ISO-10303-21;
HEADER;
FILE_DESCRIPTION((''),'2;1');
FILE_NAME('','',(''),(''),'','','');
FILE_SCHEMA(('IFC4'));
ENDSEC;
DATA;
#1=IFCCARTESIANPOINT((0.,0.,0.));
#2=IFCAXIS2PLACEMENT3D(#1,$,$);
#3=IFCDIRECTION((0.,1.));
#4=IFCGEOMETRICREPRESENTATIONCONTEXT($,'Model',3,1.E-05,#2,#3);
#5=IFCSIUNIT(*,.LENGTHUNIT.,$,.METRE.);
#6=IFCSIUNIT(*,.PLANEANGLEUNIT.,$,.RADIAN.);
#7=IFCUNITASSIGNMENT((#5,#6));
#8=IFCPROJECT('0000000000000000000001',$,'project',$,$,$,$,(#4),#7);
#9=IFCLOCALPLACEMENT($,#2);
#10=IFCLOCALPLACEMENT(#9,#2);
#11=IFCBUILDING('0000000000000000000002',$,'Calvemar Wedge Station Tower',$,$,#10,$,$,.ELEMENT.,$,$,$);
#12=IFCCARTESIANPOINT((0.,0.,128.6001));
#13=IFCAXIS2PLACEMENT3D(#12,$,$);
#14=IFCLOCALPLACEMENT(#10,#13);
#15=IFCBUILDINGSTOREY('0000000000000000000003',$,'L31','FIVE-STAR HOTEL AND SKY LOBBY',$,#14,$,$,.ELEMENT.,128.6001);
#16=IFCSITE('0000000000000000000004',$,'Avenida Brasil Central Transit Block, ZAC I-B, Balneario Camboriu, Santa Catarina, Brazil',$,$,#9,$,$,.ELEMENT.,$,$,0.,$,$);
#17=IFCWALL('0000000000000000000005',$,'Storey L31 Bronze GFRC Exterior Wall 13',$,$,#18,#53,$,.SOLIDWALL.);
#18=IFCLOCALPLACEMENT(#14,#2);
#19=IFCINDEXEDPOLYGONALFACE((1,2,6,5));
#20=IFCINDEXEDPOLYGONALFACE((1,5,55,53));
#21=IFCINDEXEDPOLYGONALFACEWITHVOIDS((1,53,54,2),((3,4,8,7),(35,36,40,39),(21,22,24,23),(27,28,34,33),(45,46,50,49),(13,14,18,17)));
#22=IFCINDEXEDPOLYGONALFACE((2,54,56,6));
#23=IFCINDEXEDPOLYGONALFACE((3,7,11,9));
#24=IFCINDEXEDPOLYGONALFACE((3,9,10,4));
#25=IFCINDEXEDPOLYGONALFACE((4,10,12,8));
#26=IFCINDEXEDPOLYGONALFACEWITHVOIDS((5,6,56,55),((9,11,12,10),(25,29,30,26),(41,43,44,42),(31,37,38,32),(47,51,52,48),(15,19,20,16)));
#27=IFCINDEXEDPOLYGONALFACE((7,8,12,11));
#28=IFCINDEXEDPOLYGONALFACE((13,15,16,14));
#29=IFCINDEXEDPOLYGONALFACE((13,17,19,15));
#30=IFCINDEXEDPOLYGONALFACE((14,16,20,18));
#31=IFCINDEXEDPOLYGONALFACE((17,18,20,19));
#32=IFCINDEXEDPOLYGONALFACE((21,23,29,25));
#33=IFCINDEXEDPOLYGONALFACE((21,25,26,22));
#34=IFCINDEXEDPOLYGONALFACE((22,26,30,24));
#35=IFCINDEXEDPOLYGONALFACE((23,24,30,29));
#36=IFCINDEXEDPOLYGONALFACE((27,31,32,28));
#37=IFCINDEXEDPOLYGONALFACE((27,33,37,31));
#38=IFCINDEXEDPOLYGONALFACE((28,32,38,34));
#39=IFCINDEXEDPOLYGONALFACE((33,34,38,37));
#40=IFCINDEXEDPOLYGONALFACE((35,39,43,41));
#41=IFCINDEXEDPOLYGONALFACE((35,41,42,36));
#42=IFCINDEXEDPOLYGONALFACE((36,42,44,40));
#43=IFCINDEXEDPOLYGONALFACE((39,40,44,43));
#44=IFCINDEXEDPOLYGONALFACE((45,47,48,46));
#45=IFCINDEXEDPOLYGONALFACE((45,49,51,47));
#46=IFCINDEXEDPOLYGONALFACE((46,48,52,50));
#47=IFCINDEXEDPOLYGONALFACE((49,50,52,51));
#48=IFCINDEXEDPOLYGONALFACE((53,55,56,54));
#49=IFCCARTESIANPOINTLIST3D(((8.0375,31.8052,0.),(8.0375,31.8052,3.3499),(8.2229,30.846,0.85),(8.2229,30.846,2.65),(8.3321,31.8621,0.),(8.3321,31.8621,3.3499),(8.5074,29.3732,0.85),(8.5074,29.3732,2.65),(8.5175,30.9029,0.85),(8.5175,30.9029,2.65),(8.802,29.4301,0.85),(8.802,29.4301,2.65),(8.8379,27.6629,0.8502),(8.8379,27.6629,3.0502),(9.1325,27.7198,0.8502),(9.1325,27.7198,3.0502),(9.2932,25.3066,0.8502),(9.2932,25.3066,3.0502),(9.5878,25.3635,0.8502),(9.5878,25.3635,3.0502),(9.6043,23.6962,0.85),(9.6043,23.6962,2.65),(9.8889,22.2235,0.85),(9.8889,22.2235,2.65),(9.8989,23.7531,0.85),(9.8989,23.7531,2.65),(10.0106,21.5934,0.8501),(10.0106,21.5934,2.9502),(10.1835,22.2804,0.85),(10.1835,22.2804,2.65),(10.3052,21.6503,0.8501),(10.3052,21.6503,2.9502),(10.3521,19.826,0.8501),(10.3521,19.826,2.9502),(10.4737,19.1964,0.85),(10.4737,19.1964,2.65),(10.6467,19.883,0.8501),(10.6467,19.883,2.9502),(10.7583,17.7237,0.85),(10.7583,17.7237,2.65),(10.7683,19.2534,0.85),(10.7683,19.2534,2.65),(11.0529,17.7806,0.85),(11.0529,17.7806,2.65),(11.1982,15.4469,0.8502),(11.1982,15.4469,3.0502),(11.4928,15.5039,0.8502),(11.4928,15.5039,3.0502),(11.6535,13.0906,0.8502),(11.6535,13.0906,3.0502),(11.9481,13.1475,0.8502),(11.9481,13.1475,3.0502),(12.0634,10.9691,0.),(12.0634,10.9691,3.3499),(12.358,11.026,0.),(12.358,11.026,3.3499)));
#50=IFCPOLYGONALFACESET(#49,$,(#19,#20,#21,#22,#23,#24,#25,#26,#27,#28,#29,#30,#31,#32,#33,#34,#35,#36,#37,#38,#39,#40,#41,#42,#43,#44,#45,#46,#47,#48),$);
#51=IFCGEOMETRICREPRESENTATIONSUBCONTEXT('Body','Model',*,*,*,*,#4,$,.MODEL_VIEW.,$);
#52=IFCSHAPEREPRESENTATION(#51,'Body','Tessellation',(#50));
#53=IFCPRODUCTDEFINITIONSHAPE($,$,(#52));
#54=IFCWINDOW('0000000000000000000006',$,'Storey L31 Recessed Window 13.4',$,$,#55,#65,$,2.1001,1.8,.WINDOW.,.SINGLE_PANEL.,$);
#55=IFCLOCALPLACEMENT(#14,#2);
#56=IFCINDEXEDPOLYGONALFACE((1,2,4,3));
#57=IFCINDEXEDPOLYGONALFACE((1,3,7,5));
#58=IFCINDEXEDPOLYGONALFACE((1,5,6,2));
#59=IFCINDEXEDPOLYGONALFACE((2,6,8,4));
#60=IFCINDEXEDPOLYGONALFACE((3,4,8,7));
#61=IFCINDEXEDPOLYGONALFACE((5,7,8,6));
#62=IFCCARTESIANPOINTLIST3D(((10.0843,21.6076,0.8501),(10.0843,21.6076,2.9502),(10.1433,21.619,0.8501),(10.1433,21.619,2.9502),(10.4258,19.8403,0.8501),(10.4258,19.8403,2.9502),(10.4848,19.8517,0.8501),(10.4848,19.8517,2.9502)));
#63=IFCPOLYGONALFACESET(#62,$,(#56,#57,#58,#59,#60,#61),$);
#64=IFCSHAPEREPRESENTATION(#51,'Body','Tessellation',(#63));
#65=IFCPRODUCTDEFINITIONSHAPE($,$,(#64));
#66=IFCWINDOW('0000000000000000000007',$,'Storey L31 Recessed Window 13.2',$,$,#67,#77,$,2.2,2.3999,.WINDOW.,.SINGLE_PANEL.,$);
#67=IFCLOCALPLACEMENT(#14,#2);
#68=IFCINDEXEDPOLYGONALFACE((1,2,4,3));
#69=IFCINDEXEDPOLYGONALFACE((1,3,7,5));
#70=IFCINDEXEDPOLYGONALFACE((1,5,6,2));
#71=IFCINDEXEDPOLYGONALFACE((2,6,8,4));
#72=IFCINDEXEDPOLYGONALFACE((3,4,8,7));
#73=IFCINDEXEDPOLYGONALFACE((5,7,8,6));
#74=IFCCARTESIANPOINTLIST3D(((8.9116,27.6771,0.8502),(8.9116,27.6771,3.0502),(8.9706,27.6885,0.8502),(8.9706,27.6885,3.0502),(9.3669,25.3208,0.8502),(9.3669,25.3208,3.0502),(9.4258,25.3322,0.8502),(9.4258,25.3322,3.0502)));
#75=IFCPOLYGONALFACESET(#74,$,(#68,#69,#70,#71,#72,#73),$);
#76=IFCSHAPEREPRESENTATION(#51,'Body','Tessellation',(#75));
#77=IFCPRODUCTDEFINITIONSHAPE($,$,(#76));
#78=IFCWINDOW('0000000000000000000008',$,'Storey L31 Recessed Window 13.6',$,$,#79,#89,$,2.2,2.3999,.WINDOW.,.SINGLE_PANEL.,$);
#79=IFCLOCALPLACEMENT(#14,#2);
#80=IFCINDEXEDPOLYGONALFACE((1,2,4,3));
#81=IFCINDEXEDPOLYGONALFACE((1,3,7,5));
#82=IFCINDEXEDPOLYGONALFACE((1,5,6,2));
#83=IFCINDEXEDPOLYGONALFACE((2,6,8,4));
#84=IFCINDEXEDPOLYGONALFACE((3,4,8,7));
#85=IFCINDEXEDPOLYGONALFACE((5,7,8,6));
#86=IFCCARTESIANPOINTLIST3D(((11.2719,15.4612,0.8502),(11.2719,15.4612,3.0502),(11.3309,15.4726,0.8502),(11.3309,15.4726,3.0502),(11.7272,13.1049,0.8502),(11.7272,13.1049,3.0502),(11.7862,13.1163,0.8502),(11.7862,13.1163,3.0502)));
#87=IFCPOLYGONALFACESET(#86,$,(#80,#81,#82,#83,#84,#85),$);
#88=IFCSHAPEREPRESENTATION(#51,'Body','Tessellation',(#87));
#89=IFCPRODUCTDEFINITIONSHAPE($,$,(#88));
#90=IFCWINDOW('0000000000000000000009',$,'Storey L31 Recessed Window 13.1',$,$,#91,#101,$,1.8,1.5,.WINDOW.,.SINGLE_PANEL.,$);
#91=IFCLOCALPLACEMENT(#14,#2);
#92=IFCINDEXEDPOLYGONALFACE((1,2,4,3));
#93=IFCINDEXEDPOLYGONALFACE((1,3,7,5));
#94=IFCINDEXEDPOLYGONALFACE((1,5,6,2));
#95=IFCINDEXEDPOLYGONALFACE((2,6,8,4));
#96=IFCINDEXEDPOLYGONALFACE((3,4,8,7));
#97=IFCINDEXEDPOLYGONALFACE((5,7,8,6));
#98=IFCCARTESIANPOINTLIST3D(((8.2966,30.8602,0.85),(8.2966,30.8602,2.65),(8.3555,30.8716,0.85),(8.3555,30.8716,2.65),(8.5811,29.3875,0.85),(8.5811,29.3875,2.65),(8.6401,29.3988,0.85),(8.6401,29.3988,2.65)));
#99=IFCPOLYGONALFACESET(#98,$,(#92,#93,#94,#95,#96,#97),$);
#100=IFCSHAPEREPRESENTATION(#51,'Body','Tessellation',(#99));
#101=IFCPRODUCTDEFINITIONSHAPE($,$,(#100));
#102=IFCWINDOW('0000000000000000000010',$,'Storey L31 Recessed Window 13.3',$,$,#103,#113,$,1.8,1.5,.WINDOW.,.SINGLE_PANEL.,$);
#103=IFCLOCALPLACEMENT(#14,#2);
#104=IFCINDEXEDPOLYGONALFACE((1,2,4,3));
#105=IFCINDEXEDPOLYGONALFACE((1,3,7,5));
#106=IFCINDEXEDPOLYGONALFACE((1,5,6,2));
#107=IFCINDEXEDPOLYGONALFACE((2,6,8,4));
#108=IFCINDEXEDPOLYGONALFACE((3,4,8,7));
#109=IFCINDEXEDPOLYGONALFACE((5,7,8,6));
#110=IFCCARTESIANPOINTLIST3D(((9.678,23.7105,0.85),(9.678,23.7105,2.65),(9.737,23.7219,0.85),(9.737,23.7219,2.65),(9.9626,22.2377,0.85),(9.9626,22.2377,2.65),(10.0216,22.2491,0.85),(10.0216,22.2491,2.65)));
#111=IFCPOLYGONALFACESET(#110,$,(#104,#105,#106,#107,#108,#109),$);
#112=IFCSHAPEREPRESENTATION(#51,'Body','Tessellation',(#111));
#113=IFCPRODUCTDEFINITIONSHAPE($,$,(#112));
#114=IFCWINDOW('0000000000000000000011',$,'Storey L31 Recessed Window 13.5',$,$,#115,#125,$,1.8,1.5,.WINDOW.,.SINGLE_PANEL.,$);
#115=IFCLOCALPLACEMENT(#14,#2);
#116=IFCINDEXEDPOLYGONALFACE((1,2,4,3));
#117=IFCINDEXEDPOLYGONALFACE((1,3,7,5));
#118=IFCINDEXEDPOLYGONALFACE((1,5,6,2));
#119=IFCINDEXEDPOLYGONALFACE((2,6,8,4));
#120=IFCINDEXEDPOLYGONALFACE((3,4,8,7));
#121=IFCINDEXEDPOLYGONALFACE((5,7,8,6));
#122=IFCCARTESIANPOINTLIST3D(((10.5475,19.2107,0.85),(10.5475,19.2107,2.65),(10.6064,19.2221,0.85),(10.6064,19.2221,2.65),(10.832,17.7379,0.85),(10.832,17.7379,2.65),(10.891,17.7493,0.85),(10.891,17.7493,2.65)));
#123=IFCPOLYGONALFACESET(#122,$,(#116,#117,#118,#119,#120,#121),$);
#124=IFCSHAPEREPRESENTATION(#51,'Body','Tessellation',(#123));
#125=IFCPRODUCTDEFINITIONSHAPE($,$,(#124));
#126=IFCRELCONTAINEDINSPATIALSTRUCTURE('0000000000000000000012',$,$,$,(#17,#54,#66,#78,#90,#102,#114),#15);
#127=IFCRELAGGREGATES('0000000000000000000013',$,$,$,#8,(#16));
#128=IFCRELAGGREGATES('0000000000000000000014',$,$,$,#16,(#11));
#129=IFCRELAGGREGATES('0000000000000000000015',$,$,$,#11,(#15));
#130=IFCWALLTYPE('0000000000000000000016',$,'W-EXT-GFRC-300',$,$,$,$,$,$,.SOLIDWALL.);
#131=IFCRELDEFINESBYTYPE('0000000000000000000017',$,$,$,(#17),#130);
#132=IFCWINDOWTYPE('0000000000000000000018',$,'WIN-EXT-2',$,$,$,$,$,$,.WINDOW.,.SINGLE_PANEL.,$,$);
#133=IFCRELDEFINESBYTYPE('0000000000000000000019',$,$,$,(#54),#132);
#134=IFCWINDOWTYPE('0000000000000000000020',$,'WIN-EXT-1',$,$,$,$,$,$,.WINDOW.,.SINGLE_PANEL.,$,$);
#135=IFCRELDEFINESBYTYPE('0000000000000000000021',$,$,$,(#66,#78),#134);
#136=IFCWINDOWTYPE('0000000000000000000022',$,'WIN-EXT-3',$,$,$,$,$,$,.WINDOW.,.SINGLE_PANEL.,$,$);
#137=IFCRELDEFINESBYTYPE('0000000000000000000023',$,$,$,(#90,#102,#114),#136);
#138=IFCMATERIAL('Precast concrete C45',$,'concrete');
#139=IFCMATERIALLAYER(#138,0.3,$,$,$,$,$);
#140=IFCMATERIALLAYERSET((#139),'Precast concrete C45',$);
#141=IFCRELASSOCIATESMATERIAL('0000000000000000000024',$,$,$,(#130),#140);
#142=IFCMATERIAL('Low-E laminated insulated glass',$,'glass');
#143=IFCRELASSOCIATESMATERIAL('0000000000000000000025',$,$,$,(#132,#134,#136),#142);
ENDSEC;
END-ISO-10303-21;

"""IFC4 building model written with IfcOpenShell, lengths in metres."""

from ifc_helpers import new_model, si_unit, direction, frame, frame_2d, origin, place, context, subcontext, project, spatial, rectangle, extrude, source, transform, mapped, material, layer, layer_set, type_object, element, fill, save


model = new_model("IFC4")

# Units and contexts
model_context = context("Model", 3, precision=1e-05, world=origin(), true_north=direction((0.0, 1.0)))
body_context = subcontext(model_context, "Body", "Model", "MODEL_VIEW")
ifc_project = project(units=[si_unit("LENGTHUNIT", "METRE"), si_unit("PLANEANGLEUNIT", "RADIAN")], contexts=[model_context])

# Site, building, storey
site_placement = place(None, origin())
site = spatial("IfcSite", under=ifc_project, at=site_placement, Name="Avenida Brasil Central Transit Block, ZAC I-B, Balneario Camboriu, Santa Catarina, Brazil", CompositionType="ELEMENT", RefElevation=0.0)
building_placement = place(site_placement, origin())
building = spatial("IfcBuilding", under=site, at=building_placement, Name="Calvemar Wedge Station Tower", CompositionType="ELEMENT")
storey_placement = place(building_placement, frame((0.0, 0.0, 128.6001)))
storey = spatial("IfcBuildingStorey", under=building, at=storey_placement, Name="L31", Description="FIVE-STAR HOTEL AND SKY LOBBY", CompositionType="ELEMENT", Elevation=128.6001)

# Wall, openings, windows
ifc_material_1 = material(Name="Precast concrete C45", Category="concrete")
ifc_layer_1 = layer(ifc_material_1, 0.3)
ifc_layer_set_1 = layer_set([ifc_layer_1], Name="Precast concrete C45")
wall_type_1 = type_object("IfcWallType", Name="W-EXT-GFRC-300", PredefinedType="SOLIDWALL", material=ifc_layer_set_1)
wall_1_placement = place(storey_placement, frame((8.1848, 31.8337, 0.0), z_axis=(0.0, 0.0, 1.0), x_axis=(0.189707, -0.981841, 0.0)))
wall_1 = element("IfcWall", 1, at=wall_1_placement, inside=storey, type_object=wall_type_1, Name="Storey L31 Bronze GFRC Exterior Wall 13", PredefinedType="SOLIDWALL", context=body_context, shape_type="SweptSolid", body=[
    extrude(rectangle(XDim=21.2214, YDim=0.3, at=frame_2d((10.6108, 0.0))), origin(), (0.0, 0.0, 1.0), 3.3499),
])
shared_shape_1 = source(origin(), body_context, "Body", "SweptSolid", [
    extrude(rectangle(XDim=1.5, YDim=1.8, at=frame_2d((0.75, 0.8999))), frame((0.0, 0.1602, 0.0), z_axis=(0.0, -1.0, 0.0), x_axis=(1.0, 0.0, 0.0)), (0.0, 0.0, 1.0), 0.3201),
])
opening_1_placement = place(wall_1_placement, frame((0.9771, 0.0, 0.8501)))
opening_1 = element("IfcOpeningElement", 2, at=opening_1_placement, cuts=wall_1, PredefinedType="OPENING", context=body_context, shape_type="MappedRepresentation", body=[
    mapped(shared_shape_1, transform((0.0, 0.0, 0.0), scale=1.0)),
])
shared_shape_2 = source(origin(), body_context, "Body", "SweptSolid", [
    extrude(rectangle(XDim=2.3999, YDim=2.2, at=frame_2d((1.2, 1.1001))), frame((0.0, 0.1602, 0.0), z_axis=(0.0, -1.0, 0.0), x_axis=(1.0, 0.0, 0.0)), (0.0, 0.0, 1.0), 0.3201),
])
opening_2_placement = place(wall_1_placement, frame((4.219, 0.0, 0.8501)))
opening_2 = element("IfcOpeningElement", 3, at=opening_2_placement, cuts=wall_1, PredefinedType="OPENING", context=body_context, shape_type="MappedRepresentation", body=[
    mapped(shared_shape_2, transform((0.0, 0.0, 0.0), scale=1.0)),
])
opening_3_placement = place(wall_1_placement, frame((8.259, 0.0, 0.8501)))
opening_3 = element("IfcOpeningElement", 4, at=opening_3_placement, cuts=wall_1, PredefinedType="OPENING", context=body_context, shape_type="MappedRepresentation", body=[
    mapped(shared_shape_1, transform((0.0, 0.0, 0.0), scale=1.0)),
])
shared_shape_3 = source(origin(), body_context, "Body", "SweptSolid", [
    extrude(rectangle(XDim=1.8, YDim=2.1001, at=frame_2d((0.8999, 1.05))), frame((0.0, 0.1602, 0.0), z_axis=(0.0, -1.0, 0.0), x_axis=(1.0, 0.0, 0.0)), (0.0, 0.0, 1.0), 0.3201),
])
opening_4_placement = place(wall_1_placement, frame((10.4009, 0.0, 0.8501)))
opening_4 = element("IfcOpeningElement", 5, at=opening_4_placement, cuts=wall_1, PredefinedType="OPENING", context=body_context, shape_type="MappedRepresentation", body=[
    mapped(shared_shape_3, transform((0.0, 0.0, 0.0), scale=1.0)),
])
opening_5_placement = place(wall_1_placement, frame((12.842, 0.0, 0.8501)))
opening_5 = element("IfcOpeningElement", 6, at=opening_5_placement, cuts=wall_1, PredefinedType="OPENING", context=body_context, shape_type="MappedRepresentation", body=[
    mapped(shared_shape_1, transform((0.0, 0.0, 0.0), scale=1.0)),
])
opening_6_placement = place(wall_1_placement, frame((16.6609, 0.0, 0.8501)))
opening_6 = element("IfcOpeningElement", 7, at=opening_6_placement, cuts=wall_1, PredefinedType="OPENING", context=body_context, shape_type="MappedRepresentation", body=[
    mapped(shared_shape_2, transform((0.0, 0.0, 0.0), scale=1.0)),
])
ifc_material_2 = material(Name="Low-E laminated insulated glass", Category="glass")
window_type_1 = type_object("IfcWindowType", Name="WIN-EXT-2", PartitioningType="SINGLE_PANEL", PredefinedType="WINDOW", material=ifc_material_2)
shared_shape_4 = source(origin(), body_context, "Body", "SweptSolid", [
    extrude(rectangle(XDim=1.8, YDim=2.1001, at=frame_2d((0.8999, 1.05))), frame((0.0, -0.0149, 0.0), z_axis=(0.0, -1.0, 0.0), x_axis=(1.0, 0.0, 0.0)), (0.0, 0.0, 1.0), 0.0601),
])
window_1_placement = place(opening_4_placement, origin())
window_1 = element("IfcWindow", 8, at=window_1_placement, inside=storey, type_object=window_type_1, Name="Storey L31 Recessed Window 13.4", OverallHeight=2.1001, OverallWidth=1.8, PartitioningType="SINGLE_PANEL", PredefinedType="WINDOW", context=body_context, shape_type="MappedRepresentation", body=[
    mapped(shared_shape_4, transform((0.0, 0.0, 0.0), scale=1.0)),
])
fill(opening_4, window_1)
window_type_2 = type_object("IfcWindowType", Name="WIN-EXT-1", PartitioningType="SINGLE_PANEL", PredefinedType="WINDOW", material=ifc_material_2)
shared_shape_5 = source(origin(), body_context, "Body", "SweptSolid", [
    extrude(rectangle(XDim=2.3999, YDim=2.2, at=frame_2d((1.2, 1.1001))), frame((0.0, -0.0149, 0.0), z_axis=(0.0, -1.0, 0.0), x_axis=(1.0, 0.0, 0.0)), (0.0, 0.0, 1.0), 0.0601),
])
window_2_placement = place(opening_2_placement, origin())
window_2 = element("IfcWindow", 9, at=window_2_placement, inside=storey, type_object=window_type_2, Name="Storey L31 Recessed Window 13.2", OverallHeight=2.2, OverallWidth=2.3999, PartitioningType="SINGLE_PANEL", PredefinedType="WINDOW", context=body_context, shape_type="MappedRepresentation", body=[
    mapped(shared_shape_5, transform((0.0, 0.0, 0.0), scale=1.0)),
])
fill(opening_2, window_2)
window_3_placement = place(opening_6_placement, origin())
window_3 = element("IfcWindow", 10, at=window_3_placement, inside=storey, type_object=window_type_2, Name="Storey L31 Recessed Window 13.6", OverallHeight=2.2, OverallWidth=2.3999, PartitioningType="SINGLE_PANEL", PredefinedType="WINDOW", context=body_context, shape_type="MappedRepresentation", body=[
    mapped(shared_shape_5, transform((0.0, 0.0, 0.0), scale=1.0)),
])
fill(opening_6, window_3)
window_type_3 = type_object("IfcWindowType", Name="WIN-EXT-3", PartitioningType="SINGLE_PANEL", PredefinedType="WINDOW", material=ifc_material_2)
shared_shape_6 = source(origin(), body_context, "Body", "SweptSolid", [
    extrude(rectangle(XDim=1.5, YDim=1.8, at=frame_2d((0.75, 0.8999))), frame((0.0, -0.0149, 0.0), z_axis=(0.0, -1.0, 0.0), x_axis=(1.0, 0.0, 0.0)), (0.0, 0.0, 1.0), 0.0601),
])
window_4_placement = place(opening_1_placement, origin())
window_4 = element("IfcWindow", 11, at=window_4_placement, inside=storey, type_object=window_type_3, Name="Storey L31 Recessed Window 13.1", OverallHeight=1.8, OverallWidth=1.5, PartitioningType="SINGLE_PANEL", PredefinedType="WINDOW", context=body_context, shape_type="MappedRepresentation", body=[
    mapped(shared_shape_6, transform((0.0, 0.0, 0.0), scale=1.0)),
])
fill(opening_1, window_4)
window_5_placement = place(opening_3_placement, origin())
window_5 = element("IfcWindow", 12, at=window_5_placement, inside=storey, type_object=window_type_3, Name="Storey L31 Recessed Window 13.3", OverallHeight=1.8, OverallWidth=1.5, PartitioningType="SINGLE_PANEL", PredefinedType="WINDOW", context=body_context, shape_type="MappedRepresentation", body=[
    mapped(shared_shape_6, transform((0.0, 0.0, 0.0), scale=1.0)),
])
fill(opening_3, window_5)
window_6_placement = place(opening_5_placement, origin())
window_6 = element("IfcWindow", 13, at=window_6_placement, inside=storey, type_object=window_type_3, Name="Storey L31 Recessed Window 13.5", OverallHeight=1.8, OverallWidth=1.5, PartitioningType="SINGLE_PANEL", PredefinedType="WINDOW", context=body_context, shape_type="MappedRepresentation", body=[
    mapped(shared_shape_6, transform((0.0, 0.0, 0.0), scale=1.0)),
])
fill(opening_5, window_6)

save(model, "model.ifc")
